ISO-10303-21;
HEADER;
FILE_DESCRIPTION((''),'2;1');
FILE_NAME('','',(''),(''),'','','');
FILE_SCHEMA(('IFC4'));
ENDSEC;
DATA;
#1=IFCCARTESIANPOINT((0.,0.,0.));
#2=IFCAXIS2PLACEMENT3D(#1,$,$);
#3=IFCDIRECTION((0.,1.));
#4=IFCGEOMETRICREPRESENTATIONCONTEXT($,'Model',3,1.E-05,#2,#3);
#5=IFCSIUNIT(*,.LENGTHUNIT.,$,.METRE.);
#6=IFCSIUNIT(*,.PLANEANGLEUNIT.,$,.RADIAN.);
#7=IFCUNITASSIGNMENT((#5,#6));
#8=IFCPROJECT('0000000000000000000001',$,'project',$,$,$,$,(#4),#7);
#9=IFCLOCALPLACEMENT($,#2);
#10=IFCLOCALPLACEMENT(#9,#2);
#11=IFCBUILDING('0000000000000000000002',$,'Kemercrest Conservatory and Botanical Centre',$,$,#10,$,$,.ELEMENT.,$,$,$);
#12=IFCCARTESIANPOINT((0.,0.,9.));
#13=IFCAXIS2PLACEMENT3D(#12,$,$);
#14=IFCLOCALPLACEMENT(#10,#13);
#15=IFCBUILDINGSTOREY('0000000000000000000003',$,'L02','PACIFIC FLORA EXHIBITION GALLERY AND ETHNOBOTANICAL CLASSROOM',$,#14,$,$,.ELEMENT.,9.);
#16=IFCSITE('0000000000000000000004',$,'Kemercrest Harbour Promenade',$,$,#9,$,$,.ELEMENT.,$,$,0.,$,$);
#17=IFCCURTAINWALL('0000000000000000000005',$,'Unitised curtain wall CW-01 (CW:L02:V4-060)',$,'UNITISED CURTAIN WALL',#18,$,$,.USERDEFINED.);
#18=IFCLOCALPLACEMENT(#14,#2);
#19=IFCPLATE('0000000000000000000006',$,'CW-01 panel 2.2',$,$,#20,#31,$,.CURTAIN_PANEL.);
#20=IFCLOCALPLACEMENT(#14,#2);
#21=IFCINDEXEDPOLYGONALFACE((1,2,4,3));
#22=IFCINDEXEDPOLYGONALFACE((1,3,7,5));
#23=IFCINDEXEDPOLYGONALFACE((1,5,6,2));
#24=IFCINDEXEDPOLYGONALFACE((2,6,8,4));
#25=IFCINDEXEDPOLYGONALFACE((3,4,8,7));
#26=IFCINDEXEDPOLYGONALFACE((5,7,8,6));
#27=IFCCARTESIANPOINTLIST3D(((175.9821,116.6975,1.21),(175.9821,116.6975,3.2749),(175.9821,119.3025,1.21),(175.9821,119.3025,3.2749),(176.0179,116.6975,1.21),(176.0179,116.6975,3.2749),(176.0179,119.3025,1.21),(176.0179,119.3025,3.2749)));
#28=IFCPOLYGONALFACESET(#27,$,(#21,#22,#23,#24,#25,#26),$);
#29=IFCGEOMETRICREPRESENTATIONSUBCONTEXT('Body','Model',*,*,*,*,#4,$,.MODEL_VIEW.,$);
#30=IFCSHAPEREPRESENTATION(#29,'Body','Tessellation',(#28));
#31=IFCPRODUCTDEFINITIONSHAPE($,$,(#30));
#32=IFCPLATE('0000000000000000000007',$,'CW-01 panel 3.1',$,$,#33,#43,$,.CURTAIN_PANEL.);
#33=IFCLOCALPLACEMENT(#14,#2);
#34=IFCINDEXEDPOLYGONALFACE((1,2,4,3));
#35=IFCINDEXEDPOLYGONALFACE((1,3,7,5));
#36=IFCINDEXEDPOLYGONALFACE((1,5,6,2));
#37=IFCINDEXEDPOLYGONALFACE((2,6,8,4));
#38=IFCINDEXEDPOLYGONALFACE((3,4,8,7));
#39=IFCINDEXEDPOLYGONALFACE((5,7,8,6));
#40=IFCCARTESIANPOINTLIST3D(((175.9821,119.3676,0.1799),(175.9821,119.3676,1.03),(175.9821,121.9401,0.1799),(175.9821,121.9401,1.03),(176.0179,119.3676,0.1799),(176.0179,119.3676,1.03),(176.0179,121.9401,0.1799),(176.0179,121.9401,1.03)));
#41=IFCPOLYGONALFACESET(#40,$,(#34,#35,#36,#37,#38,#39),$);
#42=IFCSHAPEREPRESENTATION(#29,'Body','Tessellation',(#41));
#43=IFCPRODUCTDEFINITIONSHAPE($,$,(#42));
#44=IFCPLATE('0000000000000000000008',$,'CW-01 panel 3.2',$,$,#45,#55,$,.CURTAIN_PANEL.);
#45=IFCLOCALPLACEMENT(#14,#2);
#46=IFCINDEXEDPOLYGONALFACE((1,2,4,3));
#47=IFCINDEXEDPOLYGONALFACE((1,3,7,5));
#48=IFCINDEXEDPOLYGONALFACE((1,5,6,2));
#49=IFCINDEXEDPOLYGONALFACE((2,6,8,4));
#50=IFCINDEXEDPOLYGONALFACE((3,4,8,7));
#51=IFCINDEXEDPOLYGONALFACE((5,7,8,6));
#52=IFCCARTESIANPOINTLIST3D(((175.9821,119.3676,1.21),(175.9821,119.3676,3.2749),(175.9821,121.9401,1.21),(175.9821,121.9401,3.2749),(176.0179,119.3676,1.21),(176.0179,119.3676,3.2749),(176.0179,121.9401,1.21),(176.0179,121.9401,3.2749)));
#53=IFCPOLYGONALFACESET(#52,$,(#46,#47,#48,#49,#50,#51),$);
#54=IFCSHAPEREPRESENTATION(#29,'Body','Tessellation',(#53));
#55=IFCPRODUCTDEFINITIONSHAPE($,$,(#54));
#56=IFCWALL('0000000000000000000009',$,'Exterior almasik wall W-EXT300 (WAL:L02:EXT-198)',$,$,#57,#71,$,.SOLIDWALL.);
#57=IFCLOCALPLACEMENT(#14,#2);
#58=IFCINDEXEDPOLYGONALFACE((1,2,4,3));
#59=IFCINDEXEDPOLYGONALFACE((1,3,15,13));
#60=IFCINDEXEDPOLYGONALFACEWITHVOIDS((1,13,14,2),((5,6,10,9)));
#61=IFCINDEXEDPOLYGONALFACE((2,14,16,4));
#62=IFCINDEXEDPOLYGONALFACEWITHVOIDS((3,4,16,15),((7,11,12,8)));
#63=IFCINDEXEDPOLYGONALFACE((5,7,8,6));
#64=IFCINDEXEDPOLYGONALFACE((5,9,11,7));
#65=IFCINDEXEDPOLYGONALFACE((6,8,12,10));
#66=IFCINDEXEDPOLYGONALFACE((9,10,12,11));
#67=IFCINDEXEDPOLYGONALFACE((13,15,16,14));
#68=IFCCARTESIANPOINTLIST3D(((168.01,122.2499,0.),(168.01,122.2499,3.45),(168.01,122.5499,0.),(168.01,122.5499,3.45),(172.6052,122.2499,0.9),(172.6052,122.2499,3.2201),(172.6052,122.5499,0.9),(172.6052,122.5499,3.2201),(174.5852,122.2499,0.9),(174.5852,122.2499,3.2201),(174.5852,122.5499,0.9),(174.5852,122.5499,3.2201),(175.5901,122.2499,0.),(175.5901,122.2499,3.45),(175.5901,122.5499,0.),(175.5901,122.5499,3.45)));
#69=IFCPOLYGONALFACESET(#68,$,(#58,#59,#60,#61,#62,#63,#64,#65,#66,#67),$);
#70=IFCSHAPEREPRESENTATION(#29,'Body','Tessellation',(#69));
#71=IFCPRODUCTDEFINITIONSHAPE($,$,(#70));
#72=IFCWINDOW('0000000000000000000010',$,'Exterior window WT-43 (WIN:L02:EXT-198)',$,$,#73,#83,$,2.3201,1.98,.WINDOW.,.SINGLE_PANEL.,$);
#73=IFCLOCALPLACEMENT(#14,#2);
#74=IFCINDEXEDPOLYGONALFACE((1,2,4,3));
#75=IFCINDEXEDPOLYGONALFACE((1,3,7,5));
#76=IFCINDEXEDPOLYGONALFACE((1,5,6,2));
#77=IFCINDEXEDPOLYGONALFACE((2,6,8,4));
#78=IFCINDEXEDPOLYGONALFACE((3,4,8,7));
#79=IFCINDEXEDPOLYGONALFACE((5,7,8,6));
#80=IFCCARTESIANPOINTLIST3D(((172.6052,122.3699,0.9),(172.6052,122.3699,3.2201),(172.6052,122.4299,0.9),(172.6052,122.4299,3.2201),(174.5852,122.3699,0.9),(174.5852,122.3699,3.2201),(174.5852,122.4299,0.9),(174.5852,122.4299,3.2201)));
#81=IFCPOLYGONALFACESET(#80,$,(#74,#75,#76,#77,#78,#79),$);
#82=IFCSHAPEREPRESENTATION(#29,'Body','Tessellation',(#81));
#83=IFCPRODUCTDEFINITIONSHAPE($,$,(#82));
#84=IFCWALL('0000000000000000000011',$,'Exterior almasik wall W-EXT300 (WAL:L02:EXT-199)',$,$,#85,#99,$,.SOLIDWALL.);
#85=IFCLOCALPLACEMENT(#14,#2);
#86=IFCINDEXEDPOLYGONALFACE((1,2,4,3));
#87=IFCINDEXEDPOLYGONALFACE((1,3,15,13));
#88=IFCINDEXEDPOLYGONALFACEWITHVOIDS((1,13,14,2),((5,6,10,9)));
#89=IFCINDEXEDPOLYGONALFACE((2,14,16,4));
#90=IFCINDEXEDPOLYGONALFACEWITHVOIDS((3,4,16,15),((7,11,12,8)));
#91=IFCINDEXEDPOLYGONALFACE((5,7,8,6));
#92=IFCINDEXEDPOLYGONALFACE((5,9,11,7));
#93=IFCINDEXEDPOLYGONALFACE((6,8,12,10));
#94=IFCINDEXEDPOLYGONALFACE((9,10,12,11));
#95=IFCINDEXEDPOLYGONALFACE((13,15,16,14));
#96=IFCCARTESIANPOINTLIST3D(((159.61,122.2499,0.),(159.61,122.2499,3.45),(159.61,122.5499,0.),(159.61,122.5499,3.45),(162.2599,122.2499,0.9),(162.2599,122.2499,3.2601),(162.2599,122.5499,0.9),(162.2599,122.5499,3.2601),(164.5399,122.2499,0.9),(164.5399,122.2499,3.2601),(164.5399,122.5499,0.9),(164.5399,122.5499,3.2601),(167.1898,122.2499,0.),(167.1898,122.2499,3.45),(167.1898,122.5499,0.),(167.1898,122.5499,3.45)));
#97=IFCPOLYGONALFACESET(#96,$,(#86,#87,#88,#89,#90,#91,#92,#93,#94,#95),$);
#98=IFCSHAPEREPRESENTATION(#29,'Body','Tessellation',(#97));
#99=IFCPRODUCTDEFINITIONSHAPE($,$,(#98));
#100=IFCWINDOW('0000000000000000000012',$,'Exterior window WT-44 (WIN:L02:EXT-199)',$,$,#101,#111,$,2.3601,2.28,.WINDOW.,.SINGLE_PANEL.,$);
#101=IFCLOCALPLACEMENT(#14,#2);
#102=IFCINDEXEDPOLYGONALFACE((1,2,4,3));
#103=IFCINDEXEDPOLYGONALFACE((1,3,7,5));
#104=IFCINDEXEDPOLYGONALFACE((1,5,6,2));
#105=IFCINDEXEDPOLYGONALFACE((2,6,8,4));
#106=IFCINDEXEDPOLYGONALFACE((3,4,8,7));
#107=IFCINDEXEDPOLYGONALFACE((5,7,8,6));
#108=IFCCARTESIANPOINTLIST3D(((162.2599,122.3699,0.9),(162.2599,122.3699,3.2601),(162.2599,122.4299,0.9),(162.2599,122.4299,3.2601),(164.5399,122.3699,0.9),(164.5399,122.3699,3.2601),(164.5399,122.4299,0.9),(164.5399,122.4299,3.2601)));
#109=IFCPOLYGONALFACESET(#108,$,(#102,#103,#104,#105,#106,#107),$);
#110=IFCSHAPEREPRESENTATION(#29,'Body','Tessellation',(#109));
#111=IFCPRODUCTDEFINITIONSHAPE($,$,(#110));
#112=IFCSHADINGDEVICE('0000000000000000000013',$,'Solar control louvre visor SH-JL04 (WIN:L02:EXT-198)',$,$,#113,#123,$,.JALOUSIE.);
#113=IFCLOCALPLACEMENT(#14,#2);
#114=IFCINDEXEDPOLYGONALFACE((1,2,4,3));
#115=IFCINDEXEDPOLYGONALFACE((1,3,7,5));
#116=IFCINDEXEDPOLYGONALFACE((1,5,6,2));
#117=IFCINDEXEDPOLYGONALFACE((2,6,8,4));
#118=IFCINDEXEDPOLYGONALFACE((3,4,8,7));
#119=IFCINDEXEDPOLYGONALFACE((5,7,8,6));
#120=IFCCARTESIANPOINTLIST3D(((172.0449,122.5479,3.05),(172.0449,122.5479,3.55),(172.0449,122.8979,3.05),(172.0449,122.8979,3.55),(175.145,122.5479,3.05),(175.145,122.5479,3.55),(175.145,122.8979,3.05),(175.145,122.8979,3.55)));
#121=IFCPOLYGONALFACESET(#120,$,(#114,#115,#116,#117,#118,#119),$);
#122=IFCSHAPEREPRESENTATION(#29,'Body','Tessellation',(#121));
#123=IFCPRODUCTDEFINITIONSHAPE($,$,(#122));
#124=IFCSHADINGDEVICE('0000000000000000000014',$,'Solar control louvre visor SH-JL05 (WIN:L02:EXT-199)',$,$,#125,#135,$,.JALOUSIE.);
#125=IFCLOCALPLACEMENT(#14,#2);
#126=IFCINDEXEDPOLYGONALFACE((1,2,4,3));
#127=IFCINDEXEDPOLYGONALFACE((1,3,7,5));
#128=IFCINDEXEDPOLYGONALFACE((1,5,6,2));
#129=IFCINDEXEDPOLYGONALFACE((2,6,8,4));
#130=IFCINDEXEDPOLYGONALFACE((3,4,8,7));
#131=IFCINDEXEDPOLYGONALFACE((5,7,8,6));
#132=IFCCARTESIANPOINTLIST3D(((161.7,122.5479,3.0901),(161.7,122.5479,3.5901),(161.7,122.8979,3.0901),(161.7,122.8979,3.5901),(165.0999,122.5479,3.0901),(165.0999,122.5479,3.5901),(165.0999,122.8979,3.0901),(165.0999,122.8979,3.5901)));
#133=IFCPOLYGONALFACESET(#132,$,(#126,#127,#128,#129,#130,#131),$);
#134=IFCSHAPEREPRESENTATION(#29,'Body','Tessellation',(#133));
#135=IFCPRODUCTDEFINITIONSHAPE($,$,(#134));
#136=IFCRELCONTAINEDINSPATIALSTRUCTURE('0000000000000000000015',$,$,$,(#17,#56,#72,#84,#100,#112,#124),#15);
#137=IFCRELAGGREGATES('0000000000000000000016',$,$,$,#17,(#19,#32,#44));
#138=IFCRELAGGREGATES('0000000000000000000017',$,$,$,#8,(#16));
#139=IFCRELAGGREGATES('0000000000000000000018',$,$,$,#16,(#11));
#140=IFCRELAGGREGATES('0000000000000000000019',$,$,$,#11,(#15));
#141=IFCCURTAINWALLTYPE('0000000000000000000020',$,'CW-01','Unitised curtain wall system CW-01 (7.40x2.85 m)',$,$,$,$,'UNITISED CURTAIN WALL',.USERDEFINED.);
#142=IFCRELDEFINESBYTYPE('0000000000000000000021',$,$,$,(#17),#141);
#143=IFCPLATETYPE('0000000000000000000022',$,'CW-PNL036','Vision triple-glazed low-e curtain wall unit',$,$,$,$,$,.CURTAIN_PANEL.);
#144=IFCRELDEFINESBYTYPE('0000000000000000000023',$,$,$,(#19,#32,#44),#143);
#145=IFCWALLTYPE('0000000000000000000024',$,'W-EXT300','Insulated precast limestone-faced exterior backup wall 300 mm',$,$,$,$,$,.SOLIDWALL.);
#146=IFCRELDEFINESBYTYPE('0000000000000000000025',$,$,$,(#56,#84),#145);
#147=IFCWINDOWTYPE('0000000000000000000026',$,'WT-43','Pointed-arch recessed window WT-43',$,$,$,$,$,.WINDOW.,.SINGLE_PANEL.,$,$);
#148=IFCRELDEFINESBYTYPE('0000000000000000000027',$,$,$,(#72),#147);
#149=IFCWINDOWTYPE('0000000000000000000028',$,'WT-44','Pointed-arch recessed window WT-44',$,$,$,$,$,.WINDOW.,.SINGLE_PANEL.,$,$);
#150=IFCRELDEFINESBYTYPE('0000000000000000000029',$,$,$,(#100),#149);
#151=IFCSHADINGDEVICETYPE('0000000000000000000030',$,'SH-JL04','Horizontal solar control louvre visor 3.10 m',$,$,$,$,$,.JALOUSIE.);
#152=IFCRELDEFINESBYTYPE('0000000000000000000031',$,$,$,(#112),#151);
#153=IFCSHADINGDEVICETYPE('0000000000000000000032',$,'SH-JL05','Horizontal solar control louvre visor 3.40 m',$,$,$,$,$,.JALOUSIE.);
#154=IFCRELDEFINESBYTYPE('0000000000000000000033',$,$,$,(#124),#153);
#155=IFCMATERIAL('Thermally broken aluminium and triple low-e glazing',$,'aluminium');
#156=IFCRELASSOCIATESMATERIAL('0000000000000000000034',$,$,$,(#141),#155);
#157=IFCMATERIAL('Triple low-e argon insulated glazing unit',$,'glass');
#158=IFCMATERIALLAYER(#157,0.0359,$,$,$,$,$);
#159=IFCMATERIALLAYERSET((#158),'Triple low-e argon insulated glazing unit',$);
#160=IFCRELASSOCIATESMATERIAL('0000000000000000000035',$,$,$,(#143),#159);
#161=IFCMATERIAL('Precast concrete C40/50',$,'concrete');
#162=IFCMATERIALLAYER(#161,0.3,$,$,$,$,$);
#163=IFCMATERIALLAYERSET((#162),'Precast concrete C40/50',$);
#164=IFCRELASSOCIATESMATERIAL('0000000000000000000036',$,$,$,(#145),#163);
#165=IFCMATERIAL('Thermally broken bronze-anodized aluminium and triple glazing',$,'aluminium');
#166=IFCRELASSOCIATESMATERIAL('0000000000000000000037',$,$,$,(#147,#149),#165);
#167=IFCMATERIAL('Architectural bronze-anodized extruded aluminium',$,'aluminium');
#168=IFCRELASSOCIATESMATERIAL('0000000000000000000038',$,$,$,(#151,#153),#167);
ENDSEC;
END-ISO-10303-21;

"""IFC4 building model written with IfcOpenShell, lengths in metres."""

from ifc_helpers import new_model, si_unit, direction, frame, frame_2d, origin, origin_2d, place, context, subcontext, project, spatial, rectangle, extrude, material, layer, layer_set, type_object, element, fill, aggregate, save


model = new_model("IFC4")

# Units and contexts
model_context = context("Model", 3, precision=1e-05, world=origin(), true_north=direction((0.0, 1.0)))
body_context = subcontext(model_context, "Body", "Model", "MODEL_VIEW")
ifc_project = project(units=[si_unit("LENGTHUNIT", "METRE"), si_unit("PLANEANGLEUNIT", "RADIAN")], contexts=[model_context])

# Site, building, storey
site_placement = place(None, origin())
site = spatial("IfcSite", under=ifc_project, at=site_placement, Name="Kemercrest Harbour Promenade", CompositionType="ELEMENT", RefElevation=0.0)
building_placement = place(site_placement, origin())
building = spatial("IfcBuilding", under=site, at=building_placement, Name="Kemercrest Conservatory and Botanical Centre", CompositionType="ELEMENT")
storey_placement = place(building_placement, frame((0.0, 0.0, 9.0)))
storey = spatial("IfcBuildingStorey", under=building, at=storey_placement, Name="L02", Description="PACIFIC FLORA EXHIBITION GALLERY AND ETHNOBOTANICAL CLASSROOM", CompositionType="ELEMENT", Elevation=9.0)

# Curtain wall
ifc_material_1 = material(Name="Thermally broken aluminium and triple low-e glazing", Category="aluminium")
curtain_wall_type = type_object("IfcCurtainWallType", Name="CW-01", Description="Unitised curtain wall system CW-01 (7.40x2.85 m)", ElementType="UNITISED CURTAIN WALL", PredefinedType="USERDEFINED", material=ifc_material_1)
curtain_wall_placement = place(storey_placement, origin())
curtain_wall = element("IfcCurtainWall", 1, at=curtain_wall_placement, inside=storey, type_object=curtain_wall_type, Name="Unitised curtain wall CW-01 (CW:L02:V4-060)", ObjectType="UNITISED CURTAIN WALL", PredefinedType="USERDEFINED")

# Plates
ifc_material_2 = material(Name="Triple low-e argon insulated glazing unit", Category="glass")
ifc_layer_1 = layer(ifc_material_2, 0.0359)
ifc_layer_set_1 = layer_set([ifc_layer_1], Name="Triple low-e argon insulated glazing unit")
plate_type = type_object("IfcPlateType", Name="CW-PNL036", Description="Vision triple-glazed low-e curtain wall unit", PredefinedType="CURTAIN_PANEL", material=ifc_layer_set_1)
plate_1_placement = place(storey_placement, frame((176.0, 118.0, 1.21), z_axis=(0.0, 0.0, 1.0), x_axis=(0.0, 1.0, 0.0)))
plate_1 = element("IfcPlate", 2, at=plate_1_placement, type_object=plate_type, Name="CW-01 panel 2.2", PredefinedType="CURTAIN_PANEL", context=body_context, shape_type="SweptSolid", body=[
    extrude(rectangle(XDim=2.605, YDim=0.0359, at=origin_2d()), origin(), (0.0, 0.0, 1.0), 2.0649),
])
plate_2_placement = place(storey_placement, frame((176.0, 120.6538, 0.1799), z_axis=(0.0, 0.0, 1.0), x_axis=(0.0, 1.0, 0.0)))
plate_2 = element("IfcPlate", 3, at=plate_2_placement, type_object=plate_type, Name="CW-01 panel 3.1", PredefinedType="CURTAIN_PANEL", context=body_context, shape_type="SweptSolid", body=[
    extrude(rectangle(XDim=2.5725, YDim=0.0359, at=origin_2d()), origin(), (0.0, 0.0, 1.0), 0.8501),
])
plate_3_placement = place(storey_placement, frame((176.0, 120.6538, 1.21), z_axis=(0.0, 0.0, 1.0), x_axis=(0.0, 1.0, 0.0)))
plate_3 = element("IfcPlate", 4, at=plate_3_placement, type_object=plate_type, Name="CW-01 panel 3.2", PredefinedType="CURTAIN_PANEL", context=body_context, shape_type="SweptSolid", body=[
    extrude(rectangle(XDim=2.5725, YDim=0.0359, at=origin_2d()), origin(), (0.0, 0.0, 1.0), 2.0649),
])
aggregate(curtain_wall, [plate_1, plate_2, plate_3])

# Walls, openings, windows
ifc_material_3 = material(Name="Precast concrete C40/50", Category="concrete")
ifc_layer_2 = layer(ifc_material_3, 0.3)
ifc_layer_set_2 = layer_set([ifc_layer_2], Name="Precast concrete C40/50")
wall_type = type_object("IfcWallType", Name="W-EXT300", Description="Insulated precast limestone-faced exterior backup wall 300 mm", PredefinedType="SOLIDWALL", material=ifc_layer_set_2)
wall_1_placement = place(storey_placement, frame((175.5901, 122.3999, 0.0), z_axis=(0.0, 0.0, 1.0), x_axis=(-1.0, 0.0, 0.0)))
wall_1 = element("IfcWall", 5, at=wall_1_placement, inside=storey, type_object=wall_type, Name="Exterior almasik wall W-EXT300 (WAL:L02:EXT-198)", PredefinedType="SOLIDWALL", context=body_context, shape_type="SweptSolid", body=[
    extrude(rectangle(XDim=7.5801, YDim=0.3, at=frame_2d((3.79, 0.0))), origin(), (0.0, 0.0, 1.0), 3.45),
])
opening_1_placement = place(wall_1_placement, frame((1.0049, 0.0, 0.8999)))
opening_1 = element("IfcOpeningElement", 6, at=opening_1_placement, cuts=wall_1, PredefinedType="OPENING", context=body_context, shape_type="SweptSolid", body=[
    extrude(rectangle(XDim=1.98, YDim=2.3201, at=frame_2d((0.99, 1.1602))), frame((0.0, 0.1602, 0.0), z_axis=(0.0, -1.0, 0.0), x_axis=(1.0, 0.0, 0.0)), (0.0, 0.0, 1.0), 0.3201),
])
ifc_material_4 = material(Name="Thermally broken bronze-anodized aluminium and triple glazing", Category="aluminium")
window_type_1 = type_object("IfcWindowType", Name="WT-43", Description="Pointed-arch recessed window WT-43", PartitioningType="SINGLE_PANEL", PredefinedType="WINDOW", material=ifc_material_4)
window_1_placement = place(opening_1_placement, origin())
window_1 = element("IfcWindow", 7, at=window_1_placement, inside=storey, type_object=window_type_1, Name="Exterior window WT-43 (WIN:L02:EXT-198)", OverallHeight=2.3201, OverallWidth=1.98, PartitioningType="SINGLE_PANEL", PredefinedType="WINDOW", context=body_context, shape_type="SweptSolid", body=[
    extrude(rectangle(XDim=1.98, YDim=2.3201, at=frame_2d((0.99, 1.1602))), frame((0.0, 0.03, 0.0), z_axis=(0.0, -1.0, 0.0), x_axis=(1.0, 0.0, 0.0)), (0.0, 0.0, 1.0), 0.0601),
])
fill(opening_1, window_1)
wall_2_placement = place(storey_placement, frame((167.1899, 122.3999, 0.0), z_axis=(0.0, 0.0, 1.0), x_axis=(-1.0, 0.0, 0.0)))
wall_2 = element("IfcWall", 8, at=wall_2_placement, inside=storey, type_object=wall_type, Name="Exterior almasik wall W-EXT300 (WAL:L02:EXT-199)", PredefinedType="SOLIDWALL", context=body_context, shape_type="SweptSolid", body=[
    extrude(rectangle(XDim=7.5798, YDim=0.3, at=frame_2d((3.79, 0.0))), origin(), (0.0, 0.0, 1.0), 3.45),
])
opening_2_placement = place(wall_2_placement, frame((2.6499, 0.0, 0.8999)))
opening_2 = element("IfcOpeningElement", 9, at=opening_2_placement, cuts=wall_2, PredefinedType="OPENING", context=body_context, shape_type="SweptSolid", body=[
    extrude(rectangle(XDim=2.28, YDim=2.3601, at=frame_2d((1.1401, 1.1802))), frame((0.0, 0.1602, 0.0), z_axis=(0.0, -1.0, 0.0), x_axis=(1.0, 0.0, 0.0)), (0.0, 0.0, 1.0), 0.3201),
])
window_type_2 = type_object("IfcWindowType", Name="WT-44", Description="Pointed-arch recessed window WT-44", PartitioningType="SINGLE_PANEL", PredefinedType="WINDOW", material=ifc_material_4)
window_2_placement = place(opening_2_placement, origin())
window_2 = element("IfcWindow", 10, at=window_2_placement, inside=storey, type_object=window_type_2, Name="Exterior window WT-44 (WIN:L02:EXT-199)", OverallHeight=2.3601, OverallWidth=2.28, PartitioningType="SINGLE_PANEL", PredefinedType="WINDOW", context=body_context, shape_type="SweptSolid", body=[
    extrude(rectangle(XDim=2.28, YDim=2.3601, at=frame_2d((1.1401, 1.1802))), frame((0.0, 0.03, 0.0), z_axis=(0.0, -1.0, 0.0), x_axis=(1.0, 0.0, 0.0)), (0.0, 0.0, 1.0), 0.0601),
])
fill(opening_2, window_2)

# Shading devices
ifc_material_5 = material(Name="Architectural bronze-anodized extruded aluminium", Category="aluminium")
shading_device_type_1 = type_object("IfcShadingDeviceType", Name="SH-JL04", Description="Horizontal solar control louvre visor 3.10 m", PredefinedType="JALOUSIE", material=ifc_material_5)
shading_device_1_placement = place(storey_placement, frame((173.595, 122.7229, 3.05), z_axis=(0.0, 0.0, 1.0), x_axis=(-1.0, 0.0, 0.0)))
element("IfcShadingDevice", 11, at=shading_device_1_placement, inside=storey, type_object=shading_device_type_1, Name="Solar control louvre visor SH-JL04 (WIN:L02:EXT-198)", PredefinedType="JALOUSIE", context=body_context, shape_type="SweptSolid", body=[
    extrude(rectangle(XDim=3.1001, YDim=0.3501, at=origin_2d()), origin(), (0.0, 0.0, 1.0), 0.5),
])
shading_device_type_2 = type_object("IfcShadingDeviceType", Name="SH-JL05", Description="Horizontal solar control louvre visor 3.40 m", PredefinedType="JALOUSIE", material=ifc_material_5)
shading_device_2_placement = place(storey_placement, frame((163.3999, 122.7229, 3.0901), z_axis=(0.0, 0.0, 1.0), x_axis=(-1.0, 0.0, 0.0)))
element("IfcShadingDevice", 12, at=shading_device_2_placement, inside=storey, type_object=shading_device_type_2, Name="Solar control louvre visor SH-JL05 (WIN:L02:EXT-199)", PredefinedType="JALOUSIE", context=body_context, shape_type="SweptSolid", body=[
    extrude(rectangle(XDim=3.3999, YDim=0.3501, at=origin_2d()), origin(), (0.0, 0.0, 1.0), 0.5),
])

save(model, "model.ifc")
